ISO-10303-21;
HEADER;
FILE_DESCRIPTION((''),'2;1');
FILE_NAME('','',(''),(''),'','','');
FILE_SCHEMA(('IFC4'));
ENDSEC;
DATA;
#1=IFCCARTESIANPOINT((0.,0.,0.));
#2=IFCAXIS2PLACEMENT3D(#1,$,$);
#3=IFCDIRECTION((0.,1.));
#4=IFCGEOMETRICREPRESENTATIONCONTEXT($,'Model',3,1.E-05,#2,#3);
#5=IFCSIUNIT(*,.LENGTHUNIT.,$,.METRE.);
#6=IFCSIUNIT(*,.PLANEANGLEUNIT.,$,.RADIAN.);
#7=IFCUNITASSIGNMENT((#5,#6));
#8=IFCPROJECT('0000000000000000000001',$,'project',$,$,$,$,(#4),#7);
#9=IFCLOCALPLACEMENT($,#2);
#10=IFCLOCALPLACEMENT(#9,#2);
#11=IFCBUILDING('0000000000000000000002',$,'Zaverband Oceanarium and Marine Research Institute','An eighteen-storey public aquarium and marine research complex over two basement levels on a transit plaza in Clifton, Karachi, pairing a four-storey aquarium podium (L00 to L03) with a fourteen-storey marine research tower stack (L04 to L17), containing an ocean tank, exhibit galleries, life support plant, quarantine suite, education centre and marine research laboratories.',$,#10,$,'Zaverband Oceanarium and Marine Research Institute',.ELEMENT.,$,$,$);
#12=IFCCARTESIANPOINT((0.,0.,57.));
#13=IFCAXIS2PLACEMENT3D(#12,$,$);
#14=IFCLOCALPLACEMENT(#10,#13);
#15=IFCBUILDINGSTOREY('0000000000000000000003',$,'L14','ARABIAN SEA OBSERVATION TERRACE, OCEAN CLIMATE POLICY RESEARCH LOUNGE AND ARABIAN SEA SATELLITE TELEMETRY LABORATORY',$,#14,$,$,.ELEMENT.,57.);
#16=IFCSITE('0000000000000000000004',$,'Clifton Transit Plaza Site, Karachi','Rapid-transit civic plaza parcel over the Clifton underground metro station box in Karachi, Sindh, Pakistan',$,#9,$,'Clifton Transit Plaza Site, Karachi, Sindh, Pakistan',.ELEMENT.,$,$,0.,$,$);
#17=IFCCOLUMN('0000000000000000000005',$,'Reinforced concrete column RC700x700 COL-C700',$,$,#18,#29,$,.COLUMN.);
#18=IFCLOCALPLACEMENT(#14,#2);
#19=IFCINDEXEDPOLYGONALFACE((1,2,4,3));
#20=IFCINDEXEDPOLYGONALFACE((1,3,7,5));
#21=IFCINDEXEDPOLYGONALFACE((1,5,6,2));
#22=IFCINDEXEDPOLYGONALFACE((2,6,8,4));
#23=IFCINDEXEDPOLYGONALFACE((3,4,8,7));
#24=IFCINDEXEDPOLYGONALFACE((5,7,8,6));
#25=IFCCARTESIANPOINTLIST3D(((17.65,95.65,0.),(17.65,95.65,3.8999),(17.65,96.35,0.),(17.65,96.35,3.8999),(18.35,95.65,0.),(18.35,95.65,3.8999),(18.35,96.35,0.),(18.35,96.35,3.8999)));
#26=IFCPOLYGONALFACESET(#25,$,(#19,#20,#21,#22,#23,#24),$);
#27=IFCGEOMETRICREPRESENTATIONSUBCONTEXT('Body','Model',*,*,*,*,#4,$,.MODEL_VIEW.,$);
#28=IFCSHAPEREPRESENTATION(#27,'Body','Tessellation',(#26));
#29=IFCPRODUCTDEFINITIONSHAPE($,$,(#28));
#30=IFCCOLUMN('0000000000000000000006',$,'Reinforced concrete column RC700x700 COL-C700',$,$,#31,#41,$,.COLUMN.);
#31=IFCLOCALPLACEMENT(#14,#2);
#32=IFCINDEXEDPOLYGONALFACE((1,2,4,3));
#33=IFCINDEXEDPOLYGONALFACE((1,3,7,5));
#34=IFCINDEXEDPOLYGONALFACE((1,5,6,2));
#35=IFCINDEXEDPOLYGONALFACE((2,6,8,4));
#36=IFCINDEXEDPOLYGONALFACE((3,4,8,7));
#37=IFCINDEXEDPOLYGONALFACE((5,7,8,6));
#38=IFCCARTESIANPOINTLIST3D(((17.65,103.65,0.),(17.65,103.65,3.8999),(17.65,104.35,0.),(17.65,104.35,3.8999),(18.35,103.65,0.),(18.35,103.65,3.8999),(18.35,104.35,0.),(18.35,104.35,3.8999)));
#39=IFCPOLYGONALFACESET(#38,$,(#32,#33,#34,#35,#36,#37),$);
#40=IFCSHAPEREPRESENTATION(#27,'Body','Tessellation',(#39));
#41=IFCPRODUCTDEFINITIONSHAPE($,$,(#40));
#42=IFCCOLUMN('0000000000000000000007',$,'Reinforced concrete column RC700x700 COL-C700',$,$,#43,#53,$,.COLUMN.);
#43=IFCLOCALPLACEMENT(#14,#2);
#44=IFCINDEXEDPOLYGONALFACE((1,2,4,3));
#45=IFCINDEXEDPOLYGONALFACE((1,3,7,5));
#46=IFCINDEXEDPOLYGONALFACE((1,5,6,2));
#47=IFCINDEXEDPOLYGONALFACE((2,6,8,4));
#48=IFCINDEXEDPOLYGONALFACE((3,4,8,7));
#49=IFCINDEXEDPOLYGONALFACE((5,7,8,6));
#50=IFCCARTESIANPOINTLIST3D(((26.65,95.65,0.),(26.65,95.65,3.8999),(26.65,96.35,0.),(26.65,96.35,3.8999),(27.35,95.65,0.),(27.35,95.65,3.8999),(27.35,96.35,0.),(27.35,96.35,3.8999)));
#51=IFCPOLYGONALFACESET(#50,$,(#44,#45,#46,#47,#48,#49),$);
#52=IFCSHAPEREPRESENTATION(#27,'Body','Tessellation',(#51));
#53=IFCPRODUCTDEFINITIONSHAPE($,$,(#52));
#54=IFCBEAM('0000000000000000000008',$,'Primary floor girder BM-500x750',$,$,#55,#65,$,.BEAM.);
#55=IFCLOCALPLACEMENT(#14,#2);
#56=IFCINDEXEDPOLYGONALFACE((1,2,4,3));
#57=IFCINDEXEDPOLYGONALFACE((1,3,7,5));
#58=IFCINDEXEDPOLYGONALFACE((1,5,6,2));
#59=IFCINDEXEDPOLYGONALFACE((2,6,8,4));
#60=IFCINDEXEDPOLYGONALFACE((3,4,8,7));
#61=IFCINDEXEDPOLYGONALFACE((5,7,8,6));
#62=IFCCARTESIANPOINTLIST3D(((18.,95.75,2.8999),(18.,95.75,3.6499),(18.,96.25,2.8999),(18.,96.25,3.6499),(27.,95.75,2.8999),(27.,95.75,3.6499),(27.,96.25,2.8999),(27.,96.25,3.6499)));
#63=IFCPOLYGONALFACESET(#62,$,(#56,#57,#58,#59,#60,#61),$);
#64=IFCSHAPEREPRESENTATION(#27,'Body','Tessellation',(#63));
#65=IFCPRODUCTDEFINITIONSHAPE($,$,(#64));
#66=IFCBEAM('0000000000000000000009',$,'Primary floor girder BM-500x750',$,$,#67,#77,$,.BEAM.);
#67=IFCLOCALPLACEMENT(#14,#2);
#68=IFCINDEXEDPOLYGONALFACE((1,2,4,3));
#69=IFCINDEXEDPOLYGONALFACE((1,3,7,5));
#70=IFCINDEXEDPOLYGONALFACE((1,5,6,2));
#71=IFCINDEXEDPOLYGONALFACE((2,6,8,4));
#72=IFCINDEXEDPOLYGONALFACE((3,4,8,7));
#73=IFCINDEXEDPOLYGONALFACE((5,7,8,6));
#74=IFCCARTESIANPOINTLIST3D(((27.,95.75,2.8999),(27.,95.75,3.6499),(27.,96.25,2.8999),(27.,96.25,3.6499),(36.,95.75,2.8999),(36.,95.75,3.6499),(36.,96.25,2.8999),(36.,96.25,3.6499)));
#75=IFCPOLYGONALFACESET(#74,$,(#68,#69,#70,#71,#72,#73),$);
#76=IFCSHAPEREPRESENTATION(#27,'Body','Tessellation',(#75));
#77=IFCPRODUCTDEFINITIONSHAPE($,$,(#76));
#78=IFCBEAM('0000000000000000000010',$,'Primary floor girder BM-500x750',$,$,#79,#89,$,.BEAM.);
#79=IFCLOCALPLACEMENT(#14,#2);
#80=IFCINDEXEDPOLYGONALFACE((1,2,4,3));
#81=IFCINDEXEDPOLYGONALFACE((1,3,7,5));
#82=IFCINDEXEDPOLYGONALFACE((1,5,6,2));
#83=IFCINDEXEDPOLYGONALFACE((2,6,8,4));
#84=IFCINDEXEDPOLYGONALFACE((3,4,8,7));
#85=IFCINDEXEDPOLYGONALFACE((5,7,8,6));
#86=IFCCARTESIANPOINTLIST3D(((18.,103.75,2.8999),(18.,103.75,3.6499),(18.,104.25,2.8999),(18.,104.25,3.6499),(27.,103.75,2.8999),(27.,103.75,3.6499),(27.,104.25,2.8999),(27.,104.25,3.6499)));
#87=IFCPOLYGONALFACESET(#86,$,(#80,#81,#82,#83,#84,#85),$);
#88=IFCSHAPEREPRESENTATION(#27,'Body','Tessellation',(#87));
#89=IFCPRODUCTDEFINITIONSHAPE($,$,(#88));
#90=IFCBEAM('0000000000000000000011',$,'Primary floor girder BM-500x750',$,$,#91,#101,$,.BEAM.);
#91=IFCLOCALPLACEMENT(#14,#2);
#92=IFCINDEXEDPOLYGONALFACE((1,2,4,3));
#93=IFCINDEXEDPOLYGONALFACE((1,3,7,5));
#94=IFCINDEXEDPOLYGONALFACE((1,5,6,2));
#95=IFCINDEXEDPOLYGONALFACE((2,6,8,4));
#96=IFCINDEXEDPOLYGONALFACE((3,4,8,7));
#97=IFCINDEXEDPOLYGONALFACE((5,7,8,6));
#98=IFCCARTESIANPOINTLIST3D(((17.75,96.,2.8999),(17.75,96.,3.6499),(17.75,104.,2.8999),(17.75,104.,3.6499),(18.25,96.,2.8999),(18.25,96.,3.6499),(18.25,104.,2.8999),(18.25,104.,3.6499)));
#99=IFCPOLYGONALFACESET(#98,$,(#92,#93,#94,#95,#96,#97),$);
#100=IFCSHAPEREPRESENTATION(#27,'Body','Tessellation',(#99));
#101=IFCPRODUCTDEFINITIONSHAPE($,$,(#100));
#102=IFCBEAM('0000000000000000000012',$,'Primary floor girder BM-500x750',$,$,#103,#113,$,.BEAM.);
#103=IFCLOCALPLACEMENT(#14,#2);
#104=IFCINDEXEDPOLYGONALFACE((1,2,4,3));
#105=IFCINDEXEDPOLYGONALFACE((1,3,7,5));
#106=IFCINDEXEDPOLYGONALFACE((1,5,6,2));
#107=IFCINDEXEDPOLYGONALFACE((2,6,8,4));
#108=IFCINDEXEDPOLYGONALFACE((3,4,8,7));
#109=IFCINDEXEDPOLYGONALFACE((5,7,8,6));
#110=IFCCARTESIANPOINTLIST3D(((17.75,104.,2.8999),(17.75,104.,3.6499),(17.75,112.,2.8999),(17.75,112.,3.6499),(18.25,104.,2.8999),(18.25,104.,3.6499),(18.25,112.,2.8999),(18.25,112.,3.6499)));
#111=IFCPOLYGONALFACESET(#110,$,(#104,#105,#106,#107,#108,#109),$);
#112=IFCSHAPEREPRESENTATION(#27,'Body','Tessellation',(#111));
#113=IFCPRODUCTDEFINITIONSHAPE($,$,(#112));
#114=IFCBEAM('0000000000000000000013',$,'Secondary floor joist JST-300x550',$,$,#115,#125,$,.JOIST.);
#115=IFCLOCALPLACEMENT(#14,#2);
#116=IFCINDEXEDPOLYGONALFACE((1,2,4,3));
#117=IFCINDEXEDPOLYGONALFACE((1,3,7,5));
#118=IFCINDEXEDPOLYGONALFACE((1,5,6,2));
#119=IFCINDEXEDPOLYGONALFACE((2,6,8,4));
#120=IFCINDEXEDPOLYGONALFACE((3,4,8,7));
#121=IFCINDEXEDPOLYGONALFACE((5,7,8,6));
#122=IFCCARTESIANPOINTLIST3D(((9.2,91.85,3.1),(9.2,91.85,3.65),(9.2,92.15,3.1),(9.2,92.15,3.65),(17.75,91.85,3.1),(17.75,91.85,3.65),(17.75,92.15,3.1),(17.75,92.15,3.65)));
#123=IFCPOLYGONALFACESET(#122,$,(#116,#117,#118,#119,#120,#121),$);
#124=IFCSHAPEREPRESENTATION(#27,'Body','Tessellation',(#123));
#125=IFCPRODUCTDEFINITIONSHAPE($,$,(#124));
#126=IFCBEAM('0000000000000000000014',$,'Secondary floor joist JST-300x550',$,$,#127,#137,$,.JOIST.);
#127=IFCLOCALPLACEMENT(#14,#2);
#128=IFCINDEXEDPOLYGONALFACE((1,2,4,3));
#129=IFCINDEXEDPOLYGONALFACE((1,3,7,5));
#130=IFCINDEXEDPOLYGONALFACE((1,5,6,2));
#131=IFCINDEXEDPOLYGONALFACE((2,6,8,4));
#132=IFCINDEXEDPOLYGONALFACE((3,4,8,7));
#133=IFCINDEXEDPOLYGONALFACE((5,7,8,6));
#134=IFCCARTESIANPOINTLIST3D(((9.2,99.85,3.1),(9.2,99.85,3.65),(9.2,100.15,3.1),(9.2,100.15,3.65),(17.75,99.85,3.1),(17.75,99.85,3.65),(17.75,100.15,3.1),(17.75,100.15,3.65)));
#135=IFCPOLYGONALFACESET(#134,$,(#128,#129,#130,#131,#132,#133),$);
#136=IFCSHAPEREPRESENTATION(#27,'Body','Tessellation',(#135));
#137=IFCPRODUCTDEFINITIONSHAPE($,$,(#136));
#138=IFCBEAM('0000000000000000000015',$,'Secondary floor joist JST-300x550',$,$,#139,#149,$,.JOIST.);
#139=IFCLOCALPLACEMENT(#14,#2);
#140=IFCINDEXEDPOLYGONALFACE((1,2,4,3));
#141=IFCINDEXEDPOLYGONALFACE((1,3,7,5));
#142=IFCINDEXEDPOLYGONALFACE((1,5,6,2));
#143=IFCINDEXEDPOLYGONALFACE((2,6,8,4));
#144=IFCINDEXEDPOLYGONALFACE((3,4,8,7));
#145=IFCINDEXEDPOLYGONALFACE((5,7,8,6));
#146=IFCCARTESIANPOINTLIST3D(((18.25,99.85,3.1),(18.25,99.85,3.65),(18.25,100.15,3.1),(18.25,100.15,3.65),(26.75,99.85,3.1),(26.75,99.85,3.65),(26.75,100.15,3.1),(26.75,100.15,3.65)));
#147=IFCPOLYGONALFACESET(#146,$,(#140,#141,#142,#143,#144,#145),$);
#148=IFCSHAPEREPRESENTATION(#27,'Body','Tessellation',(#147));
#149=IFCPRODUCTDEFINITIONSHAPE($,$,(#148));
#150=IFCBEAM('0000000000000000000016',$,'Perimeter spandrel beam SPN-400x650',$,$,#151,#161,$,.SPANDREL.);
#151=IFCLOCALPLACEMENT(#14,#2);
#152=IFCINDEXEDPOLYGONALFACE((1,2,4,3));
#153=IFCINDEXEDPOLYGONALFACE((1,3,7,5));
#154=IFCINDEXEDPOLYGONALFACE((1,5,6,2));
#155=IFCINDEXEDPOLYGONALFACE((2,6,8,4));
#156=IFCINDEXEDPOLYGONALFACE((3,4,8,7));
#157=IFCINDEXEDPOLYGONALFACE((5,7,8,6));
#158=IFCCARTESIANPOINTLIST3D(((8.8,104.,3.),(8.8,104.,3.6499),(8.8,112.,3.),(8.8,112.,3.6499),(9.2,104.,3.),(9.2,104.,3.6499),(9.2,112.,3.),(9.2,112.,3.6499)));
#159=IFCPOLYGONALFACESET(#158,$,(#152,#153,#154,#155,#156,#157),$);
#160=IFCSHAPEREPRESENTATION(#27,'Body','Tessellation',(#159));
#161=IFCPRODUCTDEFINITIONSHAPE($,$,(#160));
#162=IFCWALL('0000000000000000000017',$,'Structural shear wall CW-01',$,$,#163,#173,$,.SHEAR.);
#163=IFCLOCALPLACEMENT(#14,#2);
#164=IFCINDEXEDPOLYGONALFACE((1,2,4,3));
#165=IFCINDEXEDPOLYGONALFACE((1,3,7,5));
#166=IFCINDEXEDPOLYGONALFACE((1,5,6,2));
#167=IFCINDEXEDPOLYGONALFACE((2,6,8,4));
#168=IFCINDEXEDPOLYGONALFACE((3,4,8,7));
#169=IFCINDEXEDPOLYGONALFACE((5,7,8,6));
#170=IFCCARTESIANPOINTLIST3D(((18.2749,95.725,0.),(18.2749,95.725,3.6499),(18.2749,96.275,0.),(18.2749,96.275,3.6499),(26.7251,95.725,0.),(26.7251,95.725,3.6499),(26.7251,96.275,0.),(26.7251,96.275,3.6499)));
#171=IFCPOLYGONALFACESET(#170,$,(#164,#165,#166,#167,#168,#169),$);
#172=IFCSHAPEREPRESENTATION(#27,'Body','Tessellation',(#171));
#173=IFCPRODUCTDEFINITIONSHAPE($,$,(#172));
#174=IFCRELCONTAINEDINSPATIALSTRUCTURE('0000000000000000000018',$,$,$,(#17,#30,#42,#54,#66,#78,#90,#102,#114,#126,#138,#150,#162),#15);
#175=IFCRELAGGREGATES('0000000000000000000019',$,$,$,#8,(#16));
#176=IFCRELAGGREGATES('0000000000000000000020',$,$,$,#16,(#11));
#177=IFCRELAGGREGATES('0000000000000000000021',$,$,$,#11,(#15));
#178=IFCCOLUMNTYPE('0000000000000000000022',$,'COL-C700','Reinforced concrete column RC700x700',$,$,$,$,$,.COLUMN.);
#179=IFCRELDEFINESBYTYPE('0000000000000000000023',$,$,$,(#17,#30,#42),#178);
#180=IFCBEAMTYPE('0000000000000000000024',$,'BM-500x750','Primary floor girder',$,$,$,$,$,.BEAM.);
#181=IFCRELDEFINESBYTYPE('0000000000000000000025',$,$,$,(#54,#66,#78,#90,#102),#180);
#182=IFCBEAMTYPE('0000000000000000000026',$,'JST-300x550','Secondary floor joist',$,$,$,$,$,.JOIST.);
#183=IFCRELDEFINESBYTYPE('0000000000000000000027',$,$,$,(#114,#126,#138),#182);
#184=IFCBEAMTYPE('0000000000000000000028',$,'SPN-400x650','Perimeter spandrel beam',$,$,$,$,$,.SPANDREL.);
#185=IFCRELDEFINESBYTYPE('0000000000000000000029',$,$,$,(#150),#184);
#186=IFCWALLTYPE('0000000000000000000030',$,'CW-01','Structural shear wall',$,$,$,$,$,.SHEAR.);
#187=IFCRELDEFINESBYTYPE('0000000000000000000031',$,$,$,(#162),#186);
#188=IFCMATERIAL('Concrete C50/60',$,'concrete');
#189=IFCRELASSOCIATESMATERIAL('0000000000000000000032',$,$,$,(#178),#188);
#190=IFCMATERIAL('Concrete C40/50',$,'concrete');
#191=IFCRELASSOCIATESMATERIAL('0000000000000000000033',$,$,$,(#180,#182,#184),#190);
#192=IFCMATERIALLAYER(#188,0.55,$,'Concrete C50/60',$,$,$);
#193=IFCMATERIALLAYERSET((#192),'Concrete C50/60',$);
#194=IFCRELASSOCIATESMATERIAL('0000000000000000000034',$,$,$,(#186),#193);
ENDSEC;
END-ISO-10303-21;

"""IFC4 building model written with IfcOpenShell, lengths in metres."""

from ifc_helpers import new_model, si_unit, direction, frame, frame_2d, origin, origin_2d, place, context, subcontext, project, spatial, rectangle, extrude, material, layer, layer_set, material_profile, profile_set, type_object, element, save


model = new_model("IFC4")

# Units and contexts
model_context = context("Model", 3, precision=1e-05, world=origin(), true_north=direction((0.0, 1.0)))
body_context = subcontext(model_context, "Body", "Model", "MODEL_VIEW")
ifc_project = project(units=[si_unit("LENGTHUNIT", "METRE"), si_unit("PLANEANGLEUNIT", "RADIAN")], contexts=[model_context])

# Site, building, storey
site_placement = place(None, origin())
site = spatial("IfcSite", under=ifc_project, at=site_placement, Name="Clifton Transit Plaza Site, Karachi", Description="Rapid-transit civic plaza parcel over the Clifton underground metro station box in Karachi, Sindh, Pakistan", LongName="Clifton Transit Plaza Site, Karachi, Sindh, Pakistan", CompositionType="ELEMENT", RefElevation=0.0)
building_placement = place(site_placement, origin())
building = spatial("IfcBuilding", under=site, at=building_placement, Name="Zaverband Oceanarium and Marine Research Institute", Description="An eighteen-storey public aquarium and marine research complex over two basement levels on a transit plaza in Clifton, Karachi, pairing a four-storey aquarium podium (L00 to L03) with a fourteen-storey marine research tower stack (L04 to L17), containing an ocean tank, exhibit galleries, life support plant, quarantine suite, education centre and marine research laboratories.", LongName="Zaverband Oceanarium and Marine Research Institute", CompositionType="ELEMENT")
storey_placement = place(building_placement, frame((0.0, 0.0, 57.0)))
storey = spatial("IfcBuildingStorey", under=building, at=storey_placement, Name="L14", Description="ARABIAN SEA OBSERVATION TERRACE, OCEAN CLIMATE POLICY RESEARCH LOUNGE AND ARABIAN SEA SATELLITE TELEMETRY LABORATORY", CompositionType="ELEMENT", Elevation=57.0)

# Columns
ifc_material_1 = material(Name="Concrete C50/60", Category="concrete")
ifc_material_profile_1 = material_profile(ifc_material_1, rectangle(XDim=0.7, YDim=0.7, at=origin_2d()), Name="RC700x700")
ifc_profile_set_1 = profile_set([ifc_material_profile_1], Name="Concrete C50/60")
column_type = type_object("IfcColumnType", Name="COL-C700", Description="Reinforced concrete column RC700x700", PredefinedType="COLUMN", material=ifc_profile_set_1)
for number, where, z_axis, x_axis, name in (
    (1, (18.0, 96.0, 0.0), (0.0, 0.0, 1.0), (1.0, 0.0, 0.0), "Reinforced concrete column RC700x700 COL-C700"),
    (2, (18.0, 104.0, 0.0), (0.0, 0.0, 1.0), (1.0, 0.0, 0.0), "Reinforced concrete column RC700x700 COL-C700"),
    (3, (27.0, 96.0, 0.0), (0.0, 0.0, 1.0), (1.0, 0.0, 0.0), "Reinforced concrete column RC700x700 COL-C700"),
):
    element("IfcColumn", number, at=place(storey_placement, frame(where, z_axis=z_axis, x_axis=x_axis)), inside=storey, type_object=column_type, Name=name, PredefinedType="COLUMN", context=body_context, shape_type="SweptSolid", body=[
        extrude(rectangle(XDim=0.7, YDim=0.7, at=origin_2d()), origin(), (0.0, 0.0, 1.0), 3.8999),
    ])

# Beams
ifc_material_2 = material(Name="Concrete C40/50", Category="concrete")
ifc_material_profile_2 = material_profile(ifc_material_2, rectangle(XDim=0.5, YDim=0.75, at=origin_2d()), Name="RC500x750")
ifc_profile_set_2 = profile_set([ifc_material_profile_2], Name="Concrete C40/50")
beam_type_1 = type_object("IfcBeamType", Name="BM-500x750", Description="Primary floor girder", PredefinedType="BEAM", material=ifc_profile_set_2)
for number, where, z_axis, x_axis, name in (
    (4, (18.0, 96.0, 3.2749), (1.0, 0.0, 0.0), (0.0, 1.0, 0.0), "Primary floor girder BM-500x750"),
    (5, (27.0, 96.0, 3.2749), (1.0, 0.0, 0.0), (0.0, 1.0, 0.0), "Primary floor girder BM-500x750"),
    (6, (18.0, 104.0, 3.2749), (1.0, 0.0, 0.0), (0.0, 1.0, 0.0), "Primary floor girder BM-500x750"),
):
    element("IfcBeam", number, at=place(storey_placement, frame(where, z_axis=z_axis, x_axis=x_axis)), inside=storey, type_object=beam_type_1, Name=name, PredefinedType="BEAM", context=body_context, shape_type="SweptSolid", body=[
        extrude(rectangle(XDim=0.5, YDim=0.75, at=origin_2d()), origin(), (0.0, 0.0, 1.0), 9.0),
    ])
for number, where, z_axis, x_axis, name in (
    (7, (18.0, 96.0, 3.2749), (0.0, 1.0, 0.0), (-1.0, 0.0, 0.0), "Primary floor girder BM-500x750"),
    (8, (18.0, 104.0, 3.2749), (0.0, 1.0, 0.0), (-1.0, 0.0, 0.0), "Primary floor girder BM-500x750"),
):
    element("IfcBeam", number, at=place(storey_placement, frame(where, z_axis=z_axis, x_axis=x_axis)), inside=storey, type_object=beam_type_1, Name=name, PredefinedType="BEAM", context=body_context, shape_type="SweptSolid", body=[
        extrude(rectangle(XDim=0.5, YDim=0.75, at=origin_2d()), origin(), (0.0, 0.0, 1.0), 8.0),
    ])
ifc_material_profile_3 = material_profile(ifc_material_2, rectangle(XDim=0.3, YDim=0.55, at=origin_2d()), Name="RC300x550")
ifc_profile_set_3 = profile_set([ifc_material_profile_3], Name="Concrete C40/50")
beam_type_2 = type_object("IfcBeamType", Name="JST-300x550", Description="Secondary floor joist", PredefinedType="JOIST", material=ifc_profile_set_3)
for number, where, z_axis, x_axis, name in (
    (9, (9.2, 92.0, 3.375), (1.0, 0.0, 0.0), (0.0, 1.0, 0.0), "Secondary floor joist JST-300x550"),
    (10, (9.2, 100.0, 3.375), (1.0, 0.0, 0.0), (0.0, 1.0, 0.0), "Secondary floor joist JST-300x550"),
):
    element("IfcBeam", number, at=place(storey_placement, frame(where, z_axis=z_axis, x_axis=x_axis)), inside=storey, type_object=beam_type_2, Name=name, PredefinedType="JOIST", context=body_context, shape_type="SweptSolid", body=[
        extrude(rectangle(XDim=0.3, YDim=0.55, at=origin_2d()), origin(), (0.0, 0.0, 1.0), 8.55),
    ])
beam_1_placement = place(storey_placement, frame((18.25, 100.0, 3.375), z_axis=(1.0, 0.0, 0.0), x_axis=(0.0, 1.0, 0.0)))
element("IfcBeam", 11, at=beam_1_placement, inside=storey, type_object=beam_type_2, Name="Secondary floor joist JST-300x550", PredefinedType="JOIST", context=body_context, shape_type="SweptSolid", body=[
    extrude(rectangle(XDim=0.3, YDim=0.55, at=origin_2d()), origin(), (0.0, 0.0, 1.0), 8.5),
])
ifc_material_profile_4 = material_profile(ifc_material_2, rectangle(XDim=0.3999, YDim=0.6499, at=origin_2d()), Name="RC400x650")
ifc_profile_set_4 = profile_set([ifc_material_profile_4], Name="Concrete C40/50")
beam_type_3 = type_object("IfcBeamType", Name="SPN-400x650", Description="Perimeter spandrel beam", PredefinedType="SPANDREL", material=ifc_profile_set_4)
beam_2_placement = place(storey_placement, frame((9.0, 104.0, 3.325), z_axis=(0.0, 1.0, 0.0), x_axis=(-1.0, 0.0, 0.0)))
element("IfcBeam", 12, at=beam_2_placement, inside=storey, type_object=beam_type_3, Name="Perimeter spandrel beam SPN-400x650", PredefinedType="SPANDREL", context=body_context, shape_type="SweptSolid", body=[
    extrude(rectangle(XDim=0.3999, YDim=0.6499, at=origin_2d()), origin(), (0.0, 0.0, 1.0), 8.0),
])

# Wall
ifc_layer_1 = layer(ifc_material_1, 0.55, Name="Concrete C50/60")
ifc_layer_set_1 = layer_set([ifc_layer_1], Name="Concrete C50/60")
wall_type_1 = type_object("IfcWallType", Name="CW-01", Description="Structural shear wall", PredefinedType="SHEAR", material=ifc_layer_set_1)
wall_1_placement = place(storey_placement, frame((18.2749, 96.0, 0.0), z_axis=(0.0, 0.0, 1.0), x_axis=(1.0, 0.0, 0.0)))
element("IfcWall", 13, at=wall_1_placement, inside=storey, type_object=wall_type_1, Name="Structural shear wall CW-01", PredefinedType="SHEAR", context=body_context, shape_type="SweptSolid", body=[
    extrude(rectangle(XDim=8.4502, YDim=0.55, at=frame_2d((4.2251, 0.0))), origin(), (0.0, 0.0, 1.0), 3.6499),
])

save(model, "model.ifc")
